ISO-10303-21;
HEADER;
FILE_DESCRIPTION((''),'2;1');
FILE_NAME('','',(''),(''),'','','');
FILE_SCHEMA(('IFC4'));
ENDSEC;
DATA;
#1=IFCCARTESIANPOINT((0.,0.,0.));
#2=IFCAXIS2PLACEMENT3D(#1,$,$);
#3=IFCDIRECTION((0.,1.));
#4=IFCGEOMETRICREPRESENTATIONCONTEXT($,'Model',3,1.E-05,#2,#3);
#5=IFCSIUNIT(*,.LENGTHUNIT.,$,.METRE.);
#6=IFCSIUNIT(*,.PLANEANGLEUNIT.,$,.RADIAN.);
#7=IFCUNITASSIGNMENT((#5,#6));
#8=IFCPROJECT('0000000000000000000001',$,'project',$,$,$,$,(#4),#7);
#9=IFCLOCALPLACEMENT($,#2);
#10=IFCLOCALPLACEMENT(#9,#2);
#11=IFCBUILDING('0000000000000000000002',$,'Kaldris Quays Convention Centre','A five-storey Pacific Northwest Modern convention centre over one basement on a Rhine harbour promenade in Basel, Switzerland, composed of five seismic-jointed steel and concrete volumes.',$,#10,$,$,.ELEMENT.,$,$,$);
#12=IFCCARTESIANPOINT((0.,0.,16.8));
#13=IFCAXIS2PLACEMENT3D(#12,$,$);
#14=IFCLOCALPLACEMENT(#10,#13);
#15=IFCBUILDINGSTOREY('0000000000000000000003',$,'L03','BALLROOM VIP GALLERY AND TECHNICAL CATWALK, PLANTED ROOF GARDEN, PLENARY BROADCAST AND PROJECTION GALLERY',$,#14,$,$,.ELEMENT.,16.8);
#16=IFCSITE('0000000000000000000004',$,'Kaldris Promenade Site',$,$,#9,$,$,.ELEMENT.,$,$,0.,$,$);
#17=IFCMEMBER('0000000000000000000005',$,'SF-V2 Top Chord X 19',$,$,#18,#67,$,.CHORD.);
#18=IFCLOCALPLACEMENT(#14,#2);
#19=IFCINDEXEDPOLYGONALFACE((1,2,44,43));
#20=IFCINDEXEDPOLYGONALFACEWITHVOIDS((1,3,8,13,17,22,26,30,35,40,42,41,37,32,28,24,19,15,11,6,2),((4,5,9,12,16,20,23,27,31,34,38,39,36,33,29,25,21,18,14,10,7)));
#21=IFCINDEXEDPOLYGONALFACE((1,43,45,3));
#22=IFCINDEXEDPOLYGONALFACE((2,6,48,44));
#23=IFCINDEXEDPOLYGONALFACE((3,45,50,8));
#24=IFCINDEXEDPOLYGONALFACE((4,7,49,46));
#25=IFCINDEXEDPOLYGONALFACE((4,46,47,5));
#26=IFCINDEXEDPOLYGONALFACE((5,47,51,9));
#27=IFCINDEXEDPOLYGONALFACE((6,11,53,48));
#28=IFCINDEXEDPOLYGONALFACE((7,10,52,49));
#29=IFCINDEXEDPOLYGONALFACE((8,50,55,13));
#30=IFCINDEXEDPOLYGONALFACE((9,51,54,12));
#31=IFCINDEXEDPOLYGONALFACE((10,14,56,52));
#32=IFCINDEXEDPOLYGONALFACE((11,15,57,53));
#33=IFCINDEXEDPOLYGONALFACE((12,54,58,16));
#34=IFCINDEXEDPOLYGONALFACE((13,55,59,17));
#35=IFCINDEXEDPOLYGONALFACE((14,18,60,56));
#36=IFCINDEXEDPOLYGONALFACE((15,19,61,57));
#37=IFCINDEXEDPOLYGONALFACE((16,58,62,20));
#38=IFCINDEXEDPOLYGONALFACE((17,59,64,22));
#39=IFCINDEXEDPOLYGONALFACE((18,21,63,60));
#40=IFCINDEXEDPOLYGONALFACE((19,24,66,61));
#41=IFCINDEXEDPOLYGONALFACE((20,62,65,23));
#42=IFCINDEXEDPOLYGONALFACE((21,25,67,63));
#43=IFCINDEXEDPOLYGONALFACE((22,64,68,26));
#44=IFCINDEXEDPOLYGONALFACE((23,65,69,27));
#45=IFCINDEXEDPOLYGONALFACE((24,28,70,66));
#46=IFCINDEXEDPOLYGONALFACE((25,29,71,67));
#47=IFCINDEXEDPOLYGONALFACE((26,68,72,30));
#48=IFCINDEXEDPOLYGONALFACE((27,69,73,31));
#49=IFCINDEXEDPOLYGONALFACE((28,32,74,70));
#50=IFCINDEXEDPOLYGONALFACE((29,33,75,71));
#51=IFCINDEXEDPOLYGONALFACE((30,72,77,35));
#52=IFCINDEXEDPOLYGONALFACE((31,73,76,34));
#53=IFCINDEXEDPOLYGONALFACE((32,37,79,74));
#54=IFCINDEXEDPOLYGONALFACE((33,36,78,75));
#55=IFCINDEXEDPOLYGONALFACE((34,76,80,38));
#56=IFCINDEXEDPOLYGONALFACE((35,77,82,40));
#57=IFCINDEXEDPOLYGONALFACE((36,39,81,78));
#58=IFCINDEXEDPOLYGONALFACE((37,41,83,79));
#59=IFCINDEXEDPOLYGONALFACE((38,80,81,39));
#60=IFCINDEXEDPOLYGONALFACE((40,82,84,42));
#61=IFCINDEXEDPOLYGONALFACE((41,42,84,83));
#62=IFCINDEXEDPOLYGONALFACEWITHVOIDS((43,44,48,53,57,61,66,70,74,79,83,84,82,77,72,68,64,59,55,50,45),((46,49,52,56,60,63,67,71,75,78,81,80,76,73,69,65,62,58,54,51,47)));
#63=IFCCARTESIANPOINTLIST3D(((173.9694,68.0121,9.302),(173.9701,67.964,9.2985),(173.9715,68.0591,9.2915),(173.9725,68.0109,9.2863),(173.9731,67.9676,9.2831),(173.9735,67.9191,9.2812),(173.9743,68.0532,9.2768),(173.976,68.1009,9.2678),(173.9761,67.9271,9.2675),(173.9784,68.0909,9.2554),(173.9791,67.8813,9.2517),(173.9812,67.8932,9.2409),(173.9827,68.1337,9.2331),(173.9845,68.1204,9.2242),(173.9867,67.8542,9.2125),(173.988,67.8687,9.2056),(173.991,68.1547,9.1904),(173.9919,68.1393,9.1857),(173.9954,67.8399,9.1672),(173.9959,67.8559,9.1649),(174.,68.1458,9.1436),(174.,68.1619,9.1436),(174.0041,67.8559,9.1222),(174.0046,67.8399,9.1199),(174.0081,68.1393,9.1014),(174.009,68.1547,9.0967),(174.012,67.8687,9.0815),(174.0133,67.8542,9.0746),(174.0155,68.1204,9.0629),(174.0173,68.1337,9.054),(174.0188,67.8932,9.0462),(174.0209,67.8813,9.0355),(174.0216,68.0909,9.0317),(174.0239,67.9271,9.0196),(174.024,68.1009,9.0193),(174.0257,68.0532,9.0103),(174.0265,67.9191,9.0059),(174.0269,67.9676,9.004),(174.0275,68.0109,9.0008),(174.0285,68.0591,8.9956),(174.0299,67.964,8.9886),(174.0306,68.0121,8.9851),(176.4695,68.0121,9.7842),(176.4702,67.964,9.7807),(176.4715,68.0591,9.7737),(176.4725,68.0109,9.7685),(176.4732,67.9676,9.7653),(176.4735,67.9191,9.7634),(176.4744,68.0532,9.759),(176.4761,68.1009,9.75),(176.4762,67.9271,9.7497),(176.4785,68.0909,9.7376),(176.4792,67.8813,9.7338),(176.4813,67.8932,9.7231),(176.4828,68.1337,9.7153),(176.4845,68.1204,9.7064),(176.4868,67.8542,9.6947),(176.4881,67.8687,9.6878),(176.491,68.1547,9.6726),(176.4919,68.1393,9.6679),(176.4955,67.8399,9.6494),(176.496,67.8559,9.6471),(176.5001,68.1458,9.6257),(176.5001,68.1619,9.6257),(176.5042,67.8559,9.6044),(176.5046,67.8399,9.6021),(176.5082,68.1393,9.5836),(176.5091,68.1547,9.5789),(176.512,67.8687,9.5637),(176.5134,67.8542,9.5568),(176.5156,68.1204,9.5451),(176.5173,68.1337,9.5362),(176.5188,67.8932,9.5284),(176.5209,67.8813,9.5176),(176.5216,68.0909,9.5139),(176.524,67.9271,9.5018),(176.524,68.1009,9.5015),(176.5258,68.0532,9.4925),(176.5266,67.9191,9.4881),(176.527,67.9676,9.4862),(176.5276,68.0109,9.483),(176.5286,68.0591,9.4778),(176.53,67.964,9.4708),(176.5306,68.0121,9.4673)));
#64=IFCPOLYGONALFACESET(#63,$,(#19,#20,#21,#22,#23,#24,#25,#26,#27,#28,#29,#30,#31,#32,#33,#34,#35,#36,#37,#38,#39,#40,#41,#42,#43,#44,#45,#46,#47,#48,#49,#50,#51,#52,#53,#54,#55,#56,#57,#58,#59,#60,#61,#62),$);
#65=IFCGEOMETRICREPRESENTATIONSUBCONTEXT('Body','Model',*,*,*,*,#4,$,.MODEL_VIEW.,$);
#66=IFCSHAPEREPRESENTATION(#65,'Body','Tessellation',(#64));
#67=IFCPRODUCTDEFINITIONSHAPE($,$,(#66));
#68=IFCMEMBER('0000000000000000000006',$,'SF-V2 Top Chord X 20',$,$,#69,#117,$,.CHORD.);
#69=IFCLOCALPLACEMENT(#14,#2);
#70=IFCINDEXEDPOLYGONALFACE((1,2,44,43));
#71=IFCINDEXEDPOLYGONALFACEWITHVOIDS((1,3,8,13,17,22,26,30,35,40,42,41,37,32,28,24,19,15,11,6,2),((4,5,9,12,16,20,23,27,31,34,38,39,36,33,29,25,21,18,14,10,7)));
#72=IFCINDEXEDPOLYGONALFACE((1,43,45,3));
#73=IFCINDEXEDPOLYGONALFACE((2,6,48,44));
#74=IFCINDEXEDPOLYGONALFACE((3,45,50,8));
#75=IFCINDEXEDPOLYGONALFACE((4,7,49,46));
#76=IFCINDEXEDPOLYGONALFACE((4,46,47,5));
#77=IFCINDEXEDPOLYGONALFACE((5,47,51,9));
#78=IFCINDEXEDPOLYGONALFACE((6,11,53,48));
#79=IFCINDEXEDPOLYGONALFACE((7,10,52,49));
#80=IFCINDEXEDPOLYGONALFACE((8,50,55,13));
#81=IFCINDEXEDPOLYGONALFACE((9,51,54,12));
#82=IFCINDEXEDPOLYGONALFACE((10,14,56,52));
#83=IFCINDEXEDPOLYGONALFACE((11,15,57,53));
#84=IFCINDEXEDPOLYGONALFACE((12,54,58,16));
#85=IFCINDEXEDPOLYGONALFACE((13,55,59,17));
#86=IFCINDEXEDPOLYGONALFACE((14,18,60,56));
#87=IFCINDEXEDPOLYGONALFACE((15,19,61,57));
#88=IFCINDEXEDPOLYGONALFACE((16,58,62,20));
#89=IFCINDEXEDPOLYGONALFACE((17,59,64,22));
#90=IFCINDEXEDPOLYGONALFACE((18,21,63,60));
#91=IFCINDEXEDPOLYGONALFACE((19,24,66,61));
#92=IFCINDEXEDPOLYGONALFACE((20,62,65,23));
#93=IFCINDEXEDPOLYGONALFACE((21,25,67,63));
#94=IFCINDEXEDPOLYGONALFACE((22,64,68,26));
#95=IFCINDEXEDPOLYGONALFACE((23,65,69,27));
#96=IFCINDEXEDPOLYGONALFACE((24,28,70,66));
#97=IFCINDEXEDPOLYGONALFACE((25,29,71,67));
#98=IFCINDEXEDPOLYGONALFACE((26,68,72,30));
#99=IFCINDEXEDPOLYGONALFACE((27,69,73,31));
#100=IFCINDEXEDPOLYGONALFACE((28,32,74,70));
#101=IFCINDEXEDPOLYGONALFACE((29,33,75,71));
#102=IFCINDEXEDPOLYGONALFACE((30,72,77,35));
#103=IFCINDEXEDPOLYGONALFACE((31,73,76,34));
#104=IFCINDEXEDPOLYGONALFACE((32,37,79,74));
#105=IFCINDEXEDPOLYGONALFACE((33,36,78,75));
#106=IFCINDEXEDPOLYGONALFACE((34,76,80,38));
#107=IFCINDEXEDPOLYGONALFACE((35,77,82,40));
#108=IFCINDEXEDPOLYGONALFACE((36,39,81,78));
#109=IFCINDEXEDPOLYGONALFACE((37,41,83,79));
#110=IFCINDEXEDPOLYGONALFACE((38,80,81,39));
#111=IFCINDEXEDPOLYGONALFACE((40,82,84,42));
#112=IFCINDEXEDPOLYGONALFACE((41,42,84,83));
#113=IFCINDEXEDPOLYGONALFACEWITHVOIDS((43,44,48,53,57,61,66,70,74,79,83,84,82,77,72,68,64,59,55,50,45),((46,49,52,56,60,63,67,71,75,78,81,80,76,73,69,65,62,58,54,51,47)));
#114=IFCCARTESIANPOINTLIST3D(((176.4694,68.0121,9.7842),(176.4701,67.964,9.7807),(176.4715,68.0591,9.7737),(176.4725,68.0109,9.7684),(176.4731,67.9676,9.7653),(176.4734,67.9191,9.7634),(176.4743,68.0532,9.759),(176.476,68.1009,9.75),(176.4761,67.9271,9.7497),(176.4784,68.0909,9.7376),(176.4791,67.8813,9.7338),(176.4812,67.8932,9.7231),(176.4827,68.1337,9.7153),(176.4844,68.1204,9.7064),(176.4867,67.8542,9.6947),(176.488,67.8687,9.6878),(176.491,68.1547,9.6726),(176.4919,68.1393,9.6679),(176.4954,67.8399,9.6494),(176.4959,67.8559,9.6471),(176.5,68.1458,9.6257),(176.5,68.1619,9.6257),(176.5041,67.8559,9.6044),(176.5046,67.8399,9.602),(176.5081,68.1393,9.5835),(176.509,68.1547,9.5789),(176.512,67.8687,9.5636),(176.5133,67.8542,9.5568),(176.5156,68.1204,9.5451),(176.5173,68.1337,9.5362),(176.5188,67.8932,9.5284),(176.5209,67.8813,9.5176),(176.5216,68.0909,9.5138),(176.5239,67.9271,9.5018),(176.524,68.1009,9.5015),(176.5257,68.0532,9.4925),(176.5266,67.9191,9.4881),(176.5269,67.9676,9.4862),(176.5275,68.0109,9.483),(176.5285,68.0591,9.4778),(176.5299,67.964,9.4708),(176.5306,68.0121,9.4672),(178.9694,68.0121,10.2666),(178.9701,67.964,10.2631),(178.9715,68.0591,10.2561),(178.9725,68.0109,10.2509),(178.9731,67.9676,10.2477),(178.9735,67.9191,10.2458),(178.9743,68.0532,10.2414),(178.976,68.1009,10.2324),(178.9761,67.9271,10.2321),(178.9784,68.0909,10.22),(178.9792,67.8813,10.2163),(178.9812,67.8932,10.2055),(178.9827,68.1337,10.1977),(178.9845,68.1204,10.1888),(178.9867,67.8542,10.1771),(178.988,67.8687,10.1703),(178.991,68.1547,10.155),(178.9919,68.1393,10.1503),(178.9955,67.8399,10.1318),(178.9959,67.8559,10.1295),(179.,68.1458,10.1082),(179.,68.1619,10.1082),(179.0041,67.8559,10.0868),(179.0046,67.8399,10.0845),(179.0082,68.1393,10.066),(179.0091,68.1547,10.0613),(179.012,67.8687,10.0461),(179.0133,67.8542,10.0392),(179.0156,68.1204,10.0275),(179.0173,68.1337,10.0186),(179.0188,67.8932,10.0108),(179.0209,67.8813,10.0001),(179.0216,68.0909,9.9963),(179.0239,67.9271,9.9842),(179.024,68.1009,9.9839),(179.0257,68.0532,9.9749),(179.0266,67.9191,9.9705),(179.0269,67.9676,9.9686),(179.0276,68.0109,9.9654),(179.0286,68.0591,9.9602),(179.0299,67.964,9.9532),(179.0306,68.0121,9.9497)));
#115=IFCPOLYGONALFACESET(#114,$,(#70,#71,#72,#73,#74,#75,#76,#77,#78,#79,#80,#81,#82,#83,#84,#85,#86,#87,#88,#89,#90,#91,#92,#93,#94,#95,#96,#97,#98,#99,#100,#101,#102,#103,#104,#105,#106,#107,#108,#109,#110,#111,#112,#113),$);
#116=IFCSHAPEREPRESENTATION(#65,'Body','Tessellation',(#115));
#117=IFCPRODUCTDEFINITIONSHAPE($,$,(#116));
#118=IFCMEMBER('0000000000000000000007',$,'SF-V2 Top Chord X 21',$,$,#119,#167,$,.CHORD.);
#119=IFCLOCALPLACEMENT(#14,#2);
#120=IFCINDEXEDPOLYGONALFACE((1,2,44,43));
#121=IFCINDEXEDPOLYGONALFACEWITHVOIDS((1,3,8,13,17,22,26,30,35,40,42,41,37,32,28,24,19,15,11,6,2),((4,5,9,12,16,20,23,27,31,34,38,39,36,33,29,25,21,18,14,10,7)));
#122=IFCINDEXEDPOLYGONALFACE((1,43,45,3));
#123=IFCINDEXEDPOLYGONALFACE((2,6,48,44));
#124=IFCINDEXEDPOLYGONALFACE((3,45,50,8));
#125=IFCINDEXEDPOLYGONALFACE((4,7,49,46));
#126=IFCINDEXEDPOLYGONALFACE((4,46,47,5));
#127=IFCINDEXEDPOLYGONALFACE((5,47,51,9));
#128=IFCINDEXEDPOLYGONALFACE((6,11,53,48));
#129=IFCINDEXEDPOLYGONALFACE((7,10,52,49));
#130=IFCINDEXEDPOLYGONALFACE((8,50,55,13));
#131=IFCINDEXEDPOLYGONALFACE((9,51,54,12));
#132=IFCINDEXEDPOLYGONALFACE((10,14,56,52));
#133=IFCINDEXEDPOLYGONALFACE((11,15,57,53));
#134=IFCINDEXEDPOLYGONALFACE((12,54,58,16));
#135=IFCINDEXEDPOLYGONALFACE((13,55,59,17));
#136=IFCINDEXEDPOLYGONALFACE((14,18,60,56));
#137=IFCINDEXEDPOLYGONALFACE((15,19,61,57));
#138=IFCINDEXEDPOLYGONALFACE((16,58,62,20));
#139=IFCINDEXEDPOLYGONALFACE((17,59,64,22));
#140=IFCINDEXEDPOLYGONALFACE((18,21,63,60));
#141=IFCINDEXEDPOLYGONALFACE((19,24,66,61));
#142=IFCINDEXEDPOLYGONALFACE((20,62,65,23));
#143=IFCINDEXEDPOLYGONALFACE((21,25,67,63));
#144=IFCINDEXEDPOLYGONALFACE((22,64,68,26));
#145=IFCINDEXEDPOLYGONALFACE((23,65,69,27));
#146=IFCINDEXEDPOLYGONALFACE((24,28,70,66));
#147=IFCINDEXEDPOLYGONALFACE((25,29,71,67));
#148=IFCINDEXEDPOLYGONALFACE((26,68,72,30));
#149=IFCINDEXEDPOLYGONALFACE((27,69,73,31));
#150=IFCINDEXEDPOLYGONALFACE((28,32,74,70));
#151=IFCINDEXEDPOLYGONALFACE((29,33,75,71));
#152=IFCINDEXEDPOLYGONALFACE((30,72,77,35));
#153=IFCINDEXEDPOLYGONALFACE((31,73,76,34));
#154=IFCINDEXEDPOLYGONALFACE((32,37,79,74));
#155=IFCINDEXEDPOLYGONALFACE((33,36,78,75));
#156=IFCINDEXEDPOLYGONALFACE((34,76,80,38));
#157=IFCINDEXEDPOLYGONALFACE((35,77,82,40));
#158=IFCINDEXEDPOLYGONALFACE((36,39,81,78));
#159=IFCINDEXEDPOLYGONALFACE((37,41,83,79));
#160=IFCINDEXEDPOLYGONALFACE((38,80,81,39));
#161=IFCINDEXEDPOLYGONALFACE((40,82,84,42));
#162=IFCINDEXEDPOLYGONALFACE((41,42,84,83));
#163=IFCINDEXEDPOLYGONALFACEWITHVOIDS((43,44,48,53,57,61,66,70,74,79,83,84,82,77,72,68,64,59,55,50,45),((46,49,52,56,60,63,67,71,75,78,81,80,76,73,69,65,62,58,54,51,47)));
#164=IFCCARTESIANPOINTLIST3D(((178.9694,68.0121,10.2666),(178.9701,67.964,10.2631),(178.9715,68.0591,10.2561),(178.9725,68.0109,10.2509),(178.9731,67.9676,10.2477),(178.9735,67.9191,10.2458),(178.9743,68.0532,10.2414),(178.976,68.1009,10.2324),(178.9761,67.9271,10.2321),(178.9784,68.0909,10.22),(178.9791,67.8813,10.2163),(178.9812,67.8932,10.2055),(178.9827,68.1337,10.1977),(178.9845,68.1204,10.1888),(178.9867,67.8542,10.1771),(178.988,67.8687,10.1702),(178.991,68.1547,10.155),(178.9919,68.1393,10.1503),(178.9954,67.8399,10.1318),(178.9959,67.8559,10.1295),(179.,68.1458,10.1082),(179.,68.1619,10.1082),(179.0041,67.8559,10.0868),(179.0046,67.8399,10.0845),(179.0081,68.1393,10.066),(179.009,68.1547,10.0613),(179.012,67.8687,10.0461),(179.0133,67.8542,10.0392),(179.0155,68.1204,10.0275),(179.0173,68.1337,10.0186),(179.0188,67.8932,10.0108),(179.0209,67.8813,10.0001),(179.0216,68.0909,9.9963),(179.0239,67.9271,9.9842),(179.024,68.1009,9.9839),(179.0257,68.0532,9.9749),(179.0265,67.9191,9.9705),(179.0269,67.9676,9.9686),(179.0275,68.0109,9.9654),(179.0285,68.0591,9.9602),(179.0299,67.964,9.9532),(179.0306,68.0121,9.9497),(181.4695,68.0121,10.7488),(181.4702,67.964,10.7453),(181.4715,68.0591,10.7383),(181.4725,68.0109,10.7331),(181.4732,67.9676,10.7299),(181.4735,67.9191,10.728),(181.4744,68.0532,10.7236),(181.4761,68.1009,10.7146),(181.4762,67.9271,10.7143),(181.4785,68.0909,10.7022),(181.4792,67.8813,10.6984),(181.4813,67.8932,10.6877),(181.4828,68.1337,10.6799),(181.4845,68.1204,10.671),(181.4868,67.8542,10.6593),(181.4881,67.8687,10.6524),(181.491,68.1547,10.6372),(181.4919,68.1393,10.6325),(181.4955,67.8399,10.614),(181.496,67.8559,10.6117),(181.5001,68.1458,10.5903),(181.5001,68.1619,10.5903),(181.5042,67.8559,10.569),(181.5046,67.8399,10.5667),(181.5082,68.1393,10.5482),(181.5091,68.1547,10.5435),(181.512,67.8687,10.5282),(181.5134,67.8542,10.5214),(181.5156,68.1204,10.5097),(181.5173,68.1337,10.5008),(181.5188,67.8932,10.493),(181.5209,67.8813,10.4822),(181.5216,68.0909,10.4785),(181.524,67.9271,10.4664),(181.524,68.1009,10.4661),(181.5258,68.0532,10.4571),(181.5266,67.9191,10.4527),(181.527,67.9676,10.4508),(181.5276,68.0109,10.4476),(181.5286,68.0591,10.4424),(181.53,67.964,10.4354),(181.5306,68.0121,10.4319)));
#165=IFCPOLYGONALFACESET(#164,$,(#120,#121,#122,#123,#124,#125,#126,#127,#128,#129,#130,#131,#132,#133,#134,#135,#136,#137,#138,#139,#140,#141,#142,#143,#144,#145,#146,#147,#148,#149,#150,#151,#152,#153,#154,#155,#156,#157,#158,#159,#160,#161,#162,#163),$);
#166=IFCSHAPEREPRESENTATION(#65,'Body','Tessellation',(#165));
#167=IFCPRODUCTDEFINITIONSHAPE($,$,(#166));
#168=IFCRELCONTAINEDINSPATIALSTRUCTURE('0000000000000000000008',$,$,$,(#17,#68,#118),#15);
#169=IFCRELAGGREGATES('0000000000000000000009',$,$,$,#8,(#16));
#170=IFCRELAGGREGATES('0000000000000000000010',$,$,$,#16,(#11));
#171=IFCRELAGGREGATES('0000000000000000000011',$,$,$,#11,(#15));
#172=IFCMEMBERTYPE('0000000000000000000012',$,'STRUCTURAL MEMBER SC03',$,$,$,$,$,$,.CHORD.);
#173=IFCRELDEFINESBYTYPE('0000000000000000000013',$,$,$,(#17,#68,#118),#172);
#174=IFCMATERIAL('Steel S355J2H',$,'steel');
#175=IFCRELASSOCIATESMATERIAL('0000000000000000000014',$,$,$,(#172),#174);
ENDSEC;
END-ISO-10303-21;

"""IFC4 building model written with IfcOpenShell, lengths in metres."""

from ifc_helpers import new_model, si_unit, direction, frame, origin, origin_2d, place, context, subcontext, project, spatial, hollow_circle, extrude, material, material_profile, profile_set, type_object, element, save


model = new_model("IFC4")

# Units and contexts
model_context = context("Model", 3, precision=1e-05, world=origin(), true_north=direction((0.0, 1.0)))
body_context = subcontext(model_context, "Body", "Model", "MODEL_VIEW")
ifc_project = project(units=[si_unit("LENGTHUNIT", "METRE"), si_unit("PLANEANGLEUNIT", "RADIAN")], contexts=[model_context])

# Site, building, storey
site_placement = place(None, origin())
site = spatial("IfcSite", under=ifc_project, at=site_placement, Name="Kaldris Promenade Site", CompositionType="ELEMENT", RefElevation=0.0)
building_placement = place(site_placement, origin())
building = spatial("IfcBuilding", under=site, at=building_placement, Name="Kaldris Quays Convention Centre", Description="A five-storey Pacific Northwest Modern convention centre over one basement on a Rhine harbour promenade in Basel, Switzerland, composed of five seismic-jointed steel and concrete volumes.", CompositionType="ELEMENT")
storey_placement = place(building_placement, frame((0.0, 0.0, 16.8)))
storey = spatial("IfcBuildingStorey", under=building, at=storey_placement, Name="L03", Description="BALLROOM VIP GALLERY AND TECHNICAL CATWALK, PLANTED ROOF GARDEN, PLENARY BROADCAST AND PROJECTION GALLERY", CompositionType="ELEMENT", Elevation=16.8)

# Members
ifc_material_1 = material(Name="Steel S355J2H", Category="steel")
ifc_material_profile_1 = material_profile(ifc_material_1, hollow_circle(Radius=0.1619, WallThickness=0.0161, at=origin_2d()), Name="CHS 323.9x16")
ifc_profile_set_1 = profile_set([ifc_material_profile_1], Name="Steel S355J2H")
member_type_1 = type_object("IfcMemberType", Name="STRUCTURAL MEMBER SC03", PredefinedType="CHORD", material=ifc_profile_set_1)
for number, where, z_axis, x_axis, name in (
    (1, (174.0, 68.0, 9.1436), (0.981904, 0.0, 0.189381), (0.0, 1.0, 0.0), "SF-V2 Top Chord X 19"),
    (2, (176.5, 68.0, 9.6257), (0.981886, 0.0, 0.189473), (0.0, 1.0, 0.0), "SF-V2 Top Chord X 20"),
    (3, (179.0, 68.0, 10.1082), (0.981904, 0.0, 0.189381), (0.0, 1.0, 0.0), "SF-V2 Top Chord X 21"),
):
    element("IfcMember", number, at=place(storey_placement, frame(where, z_axis=z_axis, x_axis=x_axis)), inside=storey, type_object=member_type_1, Name=name, PredefinedType="CHORD", context=body_context, shape_type="SweptSolid", body=[
        extrude(hollow_circle(Radius=0.1619, WallThickness=0.0161, at=origin_2d()), origin(), (0.0, 0.0, 1.0), 2.5461),
    ])

save(model, "model.ifc")
